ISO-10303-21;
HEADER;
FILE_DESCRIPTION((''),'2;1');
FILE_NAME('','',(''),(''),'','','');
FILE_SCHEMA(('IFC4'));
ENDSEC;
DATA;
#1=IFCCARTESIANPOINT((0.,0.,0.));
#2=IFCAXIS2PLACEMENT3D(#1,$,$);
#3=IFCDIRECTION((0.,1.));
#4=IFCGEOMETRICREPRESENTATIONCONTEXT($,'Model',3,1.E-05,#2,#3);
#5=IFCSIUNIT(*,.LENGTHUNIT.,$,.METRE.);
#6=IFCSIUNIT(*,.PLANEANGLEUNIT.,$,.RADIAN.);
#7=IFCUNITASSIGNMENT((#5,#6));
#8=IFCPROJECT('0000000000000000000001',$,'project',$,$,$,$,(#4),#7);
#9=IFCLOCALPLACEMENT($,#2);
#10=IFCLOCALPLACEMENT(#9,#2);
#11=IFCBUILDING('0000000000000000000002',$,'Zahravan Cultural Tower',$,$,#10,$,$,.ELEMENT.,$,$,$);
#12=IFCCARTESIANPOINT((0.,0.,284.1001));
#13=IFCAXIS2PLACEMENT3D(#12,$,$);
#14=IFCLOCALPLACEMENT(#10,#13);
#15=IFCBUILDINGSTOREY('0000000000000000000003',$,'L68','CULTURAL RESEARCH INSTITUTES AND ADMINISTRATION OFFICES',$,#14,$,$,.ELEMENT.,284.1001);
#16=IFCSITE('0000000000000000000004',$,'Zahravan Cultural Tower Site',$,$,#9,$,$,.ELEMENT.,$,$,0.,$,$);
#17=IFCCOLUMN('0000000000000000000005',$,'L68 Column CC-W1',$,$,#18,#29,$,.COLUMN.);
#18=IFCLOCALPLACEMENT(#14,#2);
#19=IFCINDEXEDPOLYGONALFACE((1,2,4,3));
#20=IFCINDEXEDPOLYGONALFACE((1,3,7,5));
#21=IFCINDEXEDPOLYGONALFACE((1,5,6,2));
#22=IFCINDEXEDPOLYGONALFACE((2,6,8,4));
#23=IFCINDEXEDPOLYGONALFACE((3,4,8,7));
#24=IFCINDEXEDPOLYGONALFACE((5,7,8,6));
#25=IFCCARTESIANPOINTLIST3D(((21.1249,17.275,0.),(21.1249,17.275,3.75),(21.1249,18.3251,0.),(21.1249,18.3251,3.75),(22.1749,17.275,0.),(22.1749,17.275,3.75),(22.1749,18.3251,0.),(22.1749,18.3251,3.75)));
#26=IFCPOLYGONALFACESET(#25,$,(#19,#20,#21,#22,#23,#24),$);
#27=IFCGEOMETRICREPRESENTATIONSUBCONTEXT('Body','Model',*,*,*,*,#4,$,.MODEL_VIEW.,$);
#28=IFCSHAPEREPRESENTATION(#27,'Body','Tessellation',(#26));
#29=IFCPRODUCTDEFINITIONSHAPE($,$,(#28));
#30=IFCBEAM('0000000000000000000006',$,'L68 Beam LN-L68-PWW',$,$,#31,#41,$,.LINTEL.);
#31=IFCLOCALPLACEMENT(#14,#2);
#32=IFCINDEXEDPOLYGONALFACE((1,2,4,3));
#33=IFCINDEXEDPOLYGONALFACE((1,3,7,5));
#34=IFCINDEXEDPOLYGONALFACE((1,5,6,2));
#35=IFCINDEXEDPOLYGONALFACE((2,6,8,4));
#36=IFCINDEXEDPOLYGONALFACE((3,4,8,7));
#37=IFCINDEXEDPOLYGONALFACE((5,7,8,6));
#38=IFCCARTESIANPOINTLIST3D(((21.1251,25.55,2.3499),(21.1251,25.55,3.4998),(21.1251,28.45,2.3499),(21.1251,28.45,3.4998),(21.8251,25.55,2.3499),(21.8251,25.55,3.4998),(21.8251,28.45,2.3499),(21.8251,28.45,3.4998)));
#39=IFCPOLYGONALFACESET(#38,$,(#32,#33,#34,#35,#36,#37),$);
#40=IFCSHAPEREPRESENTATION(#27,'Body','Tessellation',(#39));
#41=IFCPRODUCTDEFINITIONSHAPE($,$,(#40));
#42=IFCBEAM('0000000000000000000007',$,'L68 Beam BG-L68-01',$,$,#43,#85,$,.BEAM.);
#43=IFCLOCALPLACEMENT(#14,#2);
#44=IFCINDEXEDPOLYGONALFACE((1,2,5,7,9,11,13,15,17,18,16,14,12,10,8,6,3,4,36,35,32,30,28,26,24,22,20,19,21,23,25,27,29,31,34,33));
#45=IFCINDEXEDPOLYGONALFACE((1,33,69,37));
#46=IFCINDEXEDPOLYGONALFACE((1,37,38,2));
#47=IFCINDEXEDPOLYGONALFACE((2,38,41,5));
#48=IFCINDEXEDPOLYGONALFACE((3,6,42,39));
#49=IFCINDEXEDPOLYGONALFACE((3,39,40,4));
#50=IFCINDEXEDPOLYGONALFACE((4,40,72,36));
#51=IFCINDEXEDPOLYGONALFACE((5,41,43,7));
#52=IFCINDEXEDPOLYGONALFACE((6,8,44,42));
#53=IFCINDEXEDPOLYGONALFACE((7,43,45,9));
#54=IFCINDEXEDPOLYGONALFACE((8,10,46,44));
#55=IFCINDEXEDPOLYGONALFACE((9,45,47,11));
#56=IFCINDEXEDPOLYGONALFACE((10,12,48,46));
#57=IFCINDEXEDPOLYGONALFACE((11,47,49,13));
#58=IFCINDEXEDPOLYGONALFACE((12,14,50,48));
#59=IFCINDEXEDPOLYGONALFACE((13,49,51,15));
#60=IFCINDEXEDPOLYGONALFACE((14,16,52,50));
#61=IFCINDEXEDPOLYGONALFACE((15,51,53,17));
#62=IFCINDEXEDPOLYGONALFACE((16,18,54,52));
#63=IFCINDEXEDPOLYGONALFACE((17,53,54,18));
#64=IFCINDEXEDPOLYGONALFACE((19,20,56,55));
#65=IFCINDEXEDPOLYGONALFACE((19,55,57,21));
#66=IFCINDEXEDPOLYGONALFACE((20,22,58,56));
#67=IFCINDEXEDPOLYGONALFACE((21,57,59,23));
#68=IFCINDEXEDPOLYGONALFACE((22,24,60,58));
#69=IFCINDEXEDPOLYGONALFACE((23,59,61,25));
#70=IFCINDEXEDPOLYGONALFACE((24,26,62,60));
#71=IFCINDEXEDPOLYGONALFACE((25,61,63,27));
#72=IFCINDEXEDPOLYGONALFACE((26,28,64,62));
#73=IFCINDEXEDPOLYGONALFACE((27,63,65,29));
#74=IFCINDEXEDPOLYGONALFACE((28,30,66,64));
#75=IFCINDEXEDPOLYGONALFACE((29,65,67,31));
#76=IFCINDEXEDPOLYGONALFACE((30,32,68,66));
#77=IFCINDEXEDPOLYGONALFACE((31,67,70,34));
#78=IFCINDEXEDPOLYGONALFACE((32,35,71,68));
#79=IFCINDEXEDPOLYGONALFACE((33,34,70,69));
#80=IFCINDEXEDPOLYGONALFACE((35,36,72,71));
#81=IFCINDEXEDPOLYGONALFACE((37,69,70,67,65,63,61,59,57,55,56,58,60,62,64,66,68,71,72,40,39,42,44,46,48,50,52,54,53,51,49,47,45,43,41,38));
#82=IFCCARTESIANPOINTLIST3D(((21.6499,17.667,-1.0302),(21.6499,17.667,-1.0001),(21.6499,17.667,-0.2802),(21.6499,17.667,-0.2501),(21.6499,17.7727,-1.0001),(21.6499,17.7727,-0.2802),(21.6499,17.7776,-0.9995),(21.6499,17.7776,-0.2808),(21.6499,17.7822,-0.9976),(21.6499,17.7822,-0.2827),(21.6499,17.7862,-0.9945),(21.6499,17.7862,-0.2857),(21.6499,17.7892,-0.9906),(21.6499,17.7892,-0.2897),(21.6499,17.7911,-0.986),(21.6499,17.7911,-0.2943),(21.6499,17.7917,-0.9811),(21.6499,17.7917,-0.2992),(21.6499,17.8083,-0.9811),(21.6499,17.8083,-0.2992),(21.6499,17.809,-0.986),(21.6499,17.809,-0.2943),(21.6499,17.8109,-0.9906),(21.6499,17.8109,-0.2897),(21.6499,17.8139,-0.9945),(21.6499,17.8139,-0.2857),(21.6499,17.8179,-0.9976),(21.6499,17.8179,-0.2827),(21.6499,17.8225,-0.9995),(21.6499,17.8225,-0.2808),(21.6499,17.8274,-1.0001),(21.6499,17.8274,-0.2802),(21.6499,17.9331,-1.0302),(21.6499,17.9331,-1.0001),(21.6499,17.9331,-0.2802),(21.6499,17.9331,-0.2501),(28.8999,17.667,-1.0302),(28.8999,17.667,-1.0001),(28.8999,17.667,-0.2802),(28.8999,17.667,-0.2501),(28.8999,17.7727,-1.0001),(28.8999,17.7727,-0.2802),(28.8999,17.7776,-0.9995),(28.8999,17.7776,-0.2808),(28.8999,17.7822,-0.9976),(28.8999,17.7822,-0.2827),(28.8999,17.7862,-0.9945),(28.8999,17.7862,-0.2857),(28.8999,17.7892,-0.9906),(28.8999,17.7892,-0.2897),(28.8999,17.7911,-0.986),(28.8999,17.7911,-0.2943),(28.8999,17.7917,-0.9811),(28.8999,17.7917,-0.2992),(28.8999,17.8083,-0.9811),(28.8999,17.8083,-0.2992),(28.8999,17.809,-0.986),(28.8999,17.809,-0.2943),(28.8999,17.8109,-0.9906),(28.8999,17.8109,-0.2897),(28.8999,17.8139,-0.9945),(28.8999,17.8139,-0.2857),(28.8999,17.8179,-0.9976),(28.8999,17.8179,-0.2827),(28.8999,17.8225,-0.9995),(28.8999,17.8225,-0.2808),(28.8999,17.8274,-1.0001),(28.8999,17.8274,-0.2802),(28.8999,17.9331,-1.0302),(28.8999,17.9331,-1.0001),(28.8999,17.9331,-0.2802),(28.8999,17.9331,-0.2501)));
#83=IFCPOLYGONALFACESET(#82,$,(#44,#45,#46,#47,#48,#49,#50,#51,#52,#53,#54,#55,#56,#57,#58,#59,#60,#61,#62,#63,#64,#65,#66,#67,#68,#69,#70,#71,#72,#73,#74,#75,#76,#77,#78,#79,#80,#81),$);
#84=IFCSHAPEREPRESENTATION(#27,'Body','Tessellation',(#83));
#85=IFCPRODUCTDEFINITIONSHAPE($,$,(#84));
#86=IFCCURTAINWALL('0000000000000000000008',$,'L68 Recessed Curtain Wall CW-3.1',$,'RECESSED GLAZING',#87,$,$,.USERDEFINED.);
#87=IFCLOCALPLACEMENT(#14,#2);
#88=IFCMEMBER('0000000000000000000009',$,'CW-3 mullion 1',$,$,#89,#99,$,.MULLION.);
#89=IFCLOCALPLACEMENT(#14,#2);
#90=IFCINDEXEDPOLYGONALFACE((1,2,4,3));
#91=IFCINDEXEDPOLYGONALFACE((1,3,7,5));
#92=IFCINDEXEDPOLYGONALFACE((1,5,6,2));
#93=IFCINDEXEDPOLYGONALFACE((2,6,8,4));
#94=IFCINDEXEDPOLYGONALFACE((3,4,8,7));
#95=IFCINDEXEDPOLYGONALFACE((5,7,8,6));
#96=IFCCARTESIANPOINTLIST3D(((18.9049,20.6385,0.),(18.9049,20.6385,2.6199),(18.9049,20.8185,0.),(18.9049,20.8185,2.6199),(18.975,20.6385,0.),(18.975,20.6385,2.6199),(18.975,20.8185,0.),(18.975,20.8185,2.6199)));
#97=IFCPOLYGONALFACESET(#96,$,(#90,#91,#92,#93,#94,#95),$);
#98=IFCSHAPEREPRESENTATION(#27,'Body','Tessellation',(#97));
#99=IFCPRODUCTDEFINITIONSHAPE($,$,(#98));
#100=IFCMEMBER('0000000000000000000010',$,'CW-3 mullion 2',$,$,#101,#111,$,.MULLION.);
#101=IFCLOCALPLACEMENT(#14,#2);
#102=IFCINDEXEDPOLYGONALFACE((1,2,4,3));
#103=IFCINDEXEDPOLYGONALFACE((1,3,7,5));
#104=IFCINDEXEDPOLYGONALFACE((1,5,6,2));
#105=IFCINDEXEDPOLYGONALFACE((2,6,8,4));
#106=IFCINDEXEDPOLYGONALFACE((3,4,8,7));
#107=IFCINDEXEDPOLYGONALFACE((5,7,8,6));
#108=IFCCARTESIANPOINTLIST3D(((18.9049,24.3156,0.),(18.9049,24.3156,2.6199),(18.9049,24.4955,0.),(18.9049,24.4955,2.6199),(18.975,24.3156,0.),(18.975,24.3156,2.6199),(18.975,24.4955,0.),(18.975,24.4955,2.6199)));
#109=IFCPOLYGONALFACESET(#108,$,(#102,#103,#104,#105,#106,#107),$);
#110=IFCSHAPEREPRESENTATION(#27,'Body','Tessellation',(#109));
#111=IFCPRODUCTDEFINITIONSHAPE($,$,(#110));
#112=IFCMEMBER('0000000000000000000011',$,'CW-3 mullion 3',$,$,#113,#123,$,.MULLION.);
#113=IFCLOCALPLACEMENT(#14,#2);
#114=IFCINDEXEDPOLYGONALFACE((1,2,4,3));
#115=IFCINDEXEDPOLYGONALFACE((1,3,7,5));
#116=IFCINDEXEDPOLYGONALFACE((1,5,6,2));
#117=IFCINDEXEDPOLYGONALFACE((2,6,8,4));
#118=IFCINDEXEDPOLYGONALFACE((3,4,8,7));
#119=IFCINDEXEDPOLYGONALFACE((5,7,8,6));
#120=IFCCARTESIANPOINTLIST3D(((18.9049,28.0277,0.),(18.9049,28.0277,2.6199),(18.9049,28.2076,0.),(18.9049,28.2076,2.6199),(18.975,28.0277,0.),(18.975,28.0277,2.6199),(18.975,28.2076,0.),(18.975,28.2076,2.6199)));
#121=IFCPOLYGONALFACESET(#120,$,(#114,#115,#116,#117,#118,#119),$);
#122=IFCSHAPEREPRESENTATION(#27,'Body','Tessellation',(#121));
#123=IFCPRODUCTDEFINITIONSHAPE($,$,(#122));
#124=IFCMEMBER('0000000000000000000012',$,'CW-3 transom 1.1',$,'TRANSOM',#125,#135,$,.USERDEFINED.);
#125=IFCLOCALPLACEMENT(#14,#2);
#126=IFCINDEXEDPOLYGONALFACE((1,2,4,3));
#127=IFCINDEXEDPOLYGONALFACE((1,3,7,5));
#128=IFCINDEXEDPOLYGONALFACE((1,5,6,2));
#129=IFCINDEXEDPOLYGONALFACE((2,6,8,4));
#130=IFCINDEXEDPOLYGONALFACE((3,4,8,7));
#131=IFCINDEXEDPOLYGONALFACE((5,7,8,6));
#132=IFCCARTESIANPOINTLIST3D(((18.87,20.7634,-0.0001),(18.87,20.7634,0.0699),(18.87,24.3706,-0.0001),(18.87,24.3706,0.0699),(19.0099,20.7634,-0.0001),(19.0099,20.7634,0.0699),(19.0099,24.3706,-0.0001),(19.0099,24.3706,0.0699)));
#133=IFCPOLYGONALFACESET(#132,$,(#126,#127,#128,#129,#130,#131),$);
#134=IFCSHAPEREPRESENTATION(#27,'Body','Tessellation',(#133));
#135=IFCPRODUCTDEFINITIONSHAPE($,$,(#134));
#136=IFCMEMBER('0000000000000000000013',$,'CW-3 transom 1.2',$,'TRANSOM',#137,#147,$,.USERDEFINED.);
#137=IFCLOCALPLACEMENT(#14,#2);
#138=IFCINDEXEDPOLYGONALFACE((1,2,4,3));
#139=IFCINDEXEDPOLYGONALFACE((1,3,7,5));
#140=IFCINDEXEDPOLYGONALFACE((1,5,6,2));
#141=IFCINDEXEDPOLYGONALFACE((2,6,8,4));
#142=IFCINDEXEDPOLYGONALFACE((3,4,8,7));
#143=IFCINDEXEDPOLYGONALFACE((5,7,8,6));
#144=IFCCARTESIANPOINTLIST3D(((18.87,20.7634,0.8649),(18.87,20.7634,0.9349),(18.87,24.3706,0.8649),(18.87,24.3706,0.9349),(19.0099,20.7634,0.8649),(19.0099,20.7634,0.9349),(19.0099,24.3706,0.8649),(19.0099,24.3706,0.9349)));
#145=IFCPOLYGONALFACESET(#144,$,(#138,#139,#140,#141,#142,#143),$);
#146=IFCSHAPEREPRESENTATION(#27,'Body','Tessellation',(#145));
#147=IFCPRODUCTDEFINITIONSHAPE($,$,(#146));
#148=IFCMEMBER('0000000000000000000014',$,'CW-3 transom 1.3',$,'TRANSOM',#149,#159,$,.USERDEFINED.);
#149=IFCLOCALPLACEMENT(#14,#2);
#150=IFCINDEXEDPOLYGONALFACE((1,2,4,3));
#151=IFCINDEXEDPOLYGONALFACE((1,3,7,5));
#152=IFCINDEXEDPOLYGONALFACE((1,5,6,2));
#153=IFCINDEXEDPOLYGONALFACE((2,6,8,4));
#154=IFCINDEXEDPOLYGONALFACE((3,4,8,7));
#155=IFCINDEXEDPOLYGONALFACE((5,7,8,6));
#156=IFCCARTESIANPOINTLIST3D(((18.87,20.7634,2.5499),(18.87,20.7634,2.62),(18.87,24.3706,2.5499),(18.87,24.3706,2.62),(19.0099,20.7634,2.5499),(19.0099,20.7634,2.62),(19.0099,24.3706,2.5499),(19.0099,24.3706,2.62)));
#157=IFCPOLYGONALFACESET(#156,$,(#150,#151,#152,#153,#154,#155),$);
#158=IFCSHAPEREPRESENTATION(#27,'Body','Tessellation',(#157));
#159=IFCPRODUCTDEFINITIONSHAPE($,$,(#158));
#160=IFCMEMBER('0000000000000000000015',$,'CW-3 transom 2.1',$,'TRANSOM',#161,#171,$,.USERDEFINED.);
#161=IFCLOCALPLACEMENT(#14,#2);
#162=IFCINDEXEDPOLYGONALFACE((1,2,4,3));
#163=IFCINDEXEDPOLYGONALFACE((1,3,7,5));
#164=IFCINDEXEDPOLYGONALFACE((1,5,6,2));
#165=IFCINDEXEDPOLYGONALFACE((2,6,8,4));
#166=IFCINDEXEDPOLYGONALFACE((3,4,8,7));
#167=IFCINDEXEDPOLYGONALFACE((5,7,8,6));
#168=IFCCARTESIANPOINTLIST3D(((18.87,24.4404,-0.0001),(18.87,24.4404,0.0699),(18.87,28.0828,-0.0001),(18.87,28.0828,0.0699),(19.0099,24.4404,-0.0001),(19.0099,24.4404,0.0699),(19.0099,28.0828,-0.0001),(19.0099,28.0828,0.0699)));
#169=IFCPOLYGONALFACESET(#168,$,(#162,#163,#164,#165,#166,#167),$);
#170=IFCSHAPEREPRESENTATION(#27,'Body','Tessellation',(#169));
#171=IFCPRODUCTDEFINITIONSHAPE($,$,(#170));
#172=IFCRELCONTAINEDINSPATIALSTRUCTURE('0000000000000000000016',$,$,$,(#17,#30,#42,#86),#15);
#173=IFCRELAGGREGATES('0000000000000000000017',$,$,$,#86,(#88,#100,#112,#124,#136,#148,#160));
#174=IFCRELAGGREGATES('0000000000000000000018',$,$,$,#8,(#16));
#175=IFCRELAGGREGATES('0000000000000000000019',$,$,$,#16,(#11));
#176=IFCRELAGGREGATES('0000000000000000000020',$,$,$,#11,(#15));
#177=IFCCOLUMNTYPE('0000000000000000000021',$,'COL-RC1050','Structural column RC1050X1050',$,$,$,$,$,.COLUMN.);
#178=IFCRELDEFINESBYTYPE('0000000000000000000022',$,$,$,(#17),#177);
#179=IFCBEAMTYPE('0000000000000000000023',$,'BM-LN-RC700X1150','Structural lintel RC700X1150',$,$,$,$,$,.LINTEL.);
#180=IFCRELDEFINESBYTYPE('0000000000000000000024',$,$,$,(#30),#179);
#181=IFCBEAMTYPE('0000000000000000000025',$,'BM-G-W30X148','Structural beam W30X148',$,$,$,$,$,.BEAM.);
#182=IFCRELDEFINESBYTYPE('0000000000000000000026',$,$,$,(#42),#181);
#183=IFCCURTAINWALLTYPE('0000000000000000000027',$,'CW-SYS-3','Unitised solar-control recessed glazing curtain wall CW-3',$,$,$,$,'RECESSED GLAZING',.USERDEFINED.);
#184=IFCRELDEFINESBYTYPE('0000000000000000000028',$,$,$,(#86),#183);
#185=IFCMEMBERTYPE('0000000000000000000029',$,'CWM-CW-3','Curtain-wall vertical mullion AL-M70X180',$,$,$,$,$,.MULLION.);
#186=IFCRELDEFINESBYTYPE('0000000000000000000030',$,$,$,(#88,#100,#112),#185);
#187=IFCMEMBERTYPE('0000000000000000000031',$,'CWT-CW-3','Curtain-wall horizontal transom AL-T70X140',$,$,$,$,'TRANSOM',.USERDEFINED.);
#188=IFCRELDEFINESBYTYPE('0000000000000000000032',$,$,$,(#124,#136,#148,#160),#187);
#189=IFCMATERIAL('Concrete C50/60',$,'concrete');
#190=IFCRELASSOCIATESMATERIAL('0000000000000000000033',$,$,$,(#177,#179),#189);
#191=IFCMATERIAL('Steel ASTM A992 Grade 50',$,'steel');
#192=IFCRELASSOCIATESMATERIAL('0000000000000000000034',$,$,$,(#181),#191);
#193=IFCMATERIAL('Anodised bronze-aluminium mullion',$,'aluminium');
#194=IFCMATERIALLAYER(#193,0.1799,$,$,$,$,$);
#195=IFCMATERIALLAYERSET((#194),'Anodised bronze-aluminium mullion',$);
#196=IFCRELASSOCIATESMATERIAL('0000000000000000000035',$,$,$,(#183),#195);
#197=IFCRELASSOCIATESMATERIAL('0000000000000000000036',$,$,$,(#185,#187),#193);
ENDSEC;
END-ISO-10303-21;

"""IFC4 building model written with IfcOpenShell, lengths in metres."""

from ifc_helpers import new_model, si_unit, direction, frame, origin, origin_2d, place, context, subcontext, project, spatial, rectangle, i_section, extrude, source, transform, mapped, material, layer, layer_set, material_profile, profile_set, type_object, element, aggregate, save


model = new_model("IFC4")

# Units and contexts
model_context = context("Model", 3, precision=1e-05, world=origin(), true_north=direction((0.0, 1.0)))
body_context = subcontext(model_context, "Body", "Model", "MODEL_VIEW")
ifc_project = project(units=[si_unit("LENGTHUNIT", "METRE"), si_unit("PLANEANGLEUNIT", "RADIAN")], contexts=[model_context])

# Site, building, storey
site_placement = place(None, origin())
site = spatial("IfcSite", under=ifc_project, at=site_placement, Name="Zahravan Cultural Tower Site", CompositionType="ELEMENT", RefElevation=0.0)
building_placement = place(site_placement, origin())
building = spatial("IfcBuilding", under=site, at=building_placement, Name="Zahravan Cultural Tower", CompositionType="ELEMENT")
storey_placement = place(building_placement, frame((0.0, 0.0, 284.1001)))
storey = spatial("IfcBuildingStorey", under=building, at=storey_placement, Name="L68", Description="CULTURAL RESEARCH INSTITUTES AND ADMINISTRATION OFFICES", CompositionType="ELEMENT", Elevation=284.1001)

# Column
ifc_material_1 = material(Name="Concrete C50/60", Category="concrete")
ifc_material_profile_1 = material_profile(ifc_material_1, rectangle(XDim=1.05, YDim=1.05, at=origin_2d()), Name="RC1050X1050")
ifc_profile_set_1 = profile_set([ifc_material_profile_1], Name="Concrete C50/60")
column_type = type_object("IfcColumnType", Name="COL-RC1050", Description="Structural column RC1050X1050", PredefinedType="COLUMN", material=ifc_profile_set_1)
shared_shape_1 = source(origin(), body_context, "Body", "SweptSolid", [
    extrude(rectangle(XDim=1.05, YDim=1.05, at=origin_2d()), origin(), (0.0, 0.0, 1.0), 3.75),
])
column_placement = place(storey_placement, frame((21.6499, 17.8, 0.0), z_axis=(0.0, 0.0, 1.0), x_axis=(1.0, 0.0, 0.0)))
element("IfcColumn", 1, at=column_placement, inside=storey, type_object=column_type, Name="L68 Column CC-W1", PredefinedType="COLUMN", context=body_context, shape_type="MappedRepresentation", body=[
    mapped(shared_shape_1, transform((0.0, 0.0, 0.0), x_axis=(1.0, 0.0, 0.0), y_axis=(0.0, 1.0, 0.0), z_axis=(0.0, 0.0, 1.0), scale=1.0)),
])

# Beams
ifc_material_profile_2 = material_profile(ifc_material_1, rectangle(XDim=0.7, YDim=1.1499, at=origin_2d()), Name="RC700X1150")
ifc_profile_set_2 = profile_set([ifc_material_profile_2], Name="Concrete C50/60")
beam_type_1 = type_object("IfcBeamType", Name="BM-LN-RC700X1150", Description="Structural lintel RC700X1150", PredefinedType="LINTEL", material=ifc_profile_set_2)
shared_shape_2 = source(origin(), body_context, "Body", "SweptSolid", [
    extrude(rectangle(XDim=0.7, YDim=1.1499, at=origin_2d()), origin(), (0.0, 0.0, 1.0), 2.8999),
])
beam_1_placement = place(storey_placement, frame((21.4751, 25.55, 2.9248), z_axis=(0.0, 1.0, 0.0), x_axis=(-1.0, 0.0, 0.0)))
element("IfcBeam", 2, at=beam_1_placement, inside=storey, type_object=beam_type_1, Name="L68 Beam LN-L68-PWW", PredefinedType="LINTEL", context=body_context, shape_type="MappedRepresentation", body=[
    mapped(shared_shape_2, transform((0.0, 0.0, 0.0), x_axis=(1.0, 0.0, 0.0), y_axis=(0.0, 1.0, 0.0), z_axis=(0.0, 0.0, 1.0), scale=1.0)),
])
ifc_material_2 = material(Name="Steel ASTM A992 Grade 50", Category="steel")
ifc_material_profile_3 = material_profile(ifc_material_2, i_section(OverallWidth=0.2661, OverallDepth=0.78, WebThickness=0.0166, FlangeThickness=0.03, FilletRadius=0.019, at=origin_2d()), Name="W30X148")
ifc_profile_set_3 = profile_set([ifc_material_profile_3], Name="Steel ASTM A992 Grade 50")
beam_type_2 = type_object("IfcBeamType", Name="BM-G-W30X148", Description="Structural beam W30X148", PredefinedType="BEAM", material=ifc_profile_set_3)
shared_shape_3 = source(origin(), body_context, "Body", "SweptSolid", [
    extrude(i_section(OverallWidth=0.2661, OverallDepth=0.78, WebThickness=0.0166, FlangeThickness=0.03, FilletRadius=0.019, at=origin_2d()), origin(), (0.0, 0.0, 1.0), 7.25),
])
beam_2_placement = place(storey_placement, frame((21.6499, 17.8, -0.6401), z_axis=(1.0, 0.0, 0.0), x_axis=(0.0, 1.0, 0.0)))
element("IfcBeam", 3, at=beam_2_placement, inside=storey, type_object=beam_type_2, Name="L68 Beam BG-L68-01", PredefinedType="BEAM", context=body_context, shape_type="MappedRepresentation", body=[
    mapped(shared_shape_3, transform((0.0, 0.0, 0.0), x_axis=(1.0, 0.0, 0.0), y_axis=(0.0, 1.0, 0.0), z_axis=(0.0, 0.0, 1.0), scale=1.0)),
])

# Curtain wall, members
ifc_material_3 = material(Name="Anodised bronze-aluminium mullion", Category="aluminium")
ifc_layer_1 = layer(ifc_material_3, 0.1799)
ifc_layer_set_1 = layer_set([ifc_layer_1], Name="Anodised bronze-aluminium mullion")
curtain_wall_type = type_object("IfcCurtainWallType", Name="CW-SYS-3", Description="Unitised solar-control recessed glazing curtain wall CW-3", ElementType="RECESSED GLAZING", PredefinedType="USERDEFINED", material=ifc_layer_set_1)
curtain_wall_placement = place(storey_placement, origin())
curtain_wall = element("IfcCurtainWall", 4, at=curtain_wall_placement, inside=storey, type_object=curtain_wall_type, Name="L68 Recessed Curtain Wall CW-3.1", ObjectType="RECESSED GLAZING", PredefinedType="USERDEFINED")
ifc_material_profile_4 = material_profile(ifc_material_3, rectangle(XDim=0.0701, YDim=0.1799, at=origin_2d()), Name="AL-M70X180")
ifc_profile_set_4 = profile_set([ifc_material_profile_4], Name="Anodised bronze-aluminium mullion")
member_type_1 = type_object("IfcMemberType", Name="CWM-CW-3", Description="Curtain-wall vertical mullion AL-M70X180", PredefinedType="MULLION", material=ifc_profile_set_4)
shared_shape_4 = source(origin(), body_context, "Body", "SweptSolid", [
    extrude(rectangle(XDim=0.0701, YDim=0.1799, at=origin_2d()), origin(), (0.0, 0.0, 1.0), 2.6199),
])
member_1_placement = place(storey_placement, frame((18.9399, 20.7285, 0.0), z_axis=(0.0, 0.0, 1.0), x_axis=(-1.0, 0.0, 0.0)))
member_1 = element("IfcMember", 5, at=member_1_placement, type_object=member_type_1, Name="CW-3 mullion 1", PredefinedType="MULLION", context=body_context, shape_type="MappedRepresentation", body=[
    mapped(shared_shape_4, transform((0.0, 0.0, 0.0), x_axis=(1.0, 0.0, 0.0), y_axis=(0.0, 1.0, 0.0), z_axis=(0.0, 0.0, 1.0), scale=1.0)),
])
member_2_placement = place(storey_placement, frame((18.9399, 24.4055, 0.0), z_axis=(0.0, 0.0, 1.0), x_axis=(-1.0, 0.0, 0.0)))
member_2 = element("IfcMember", 6, at=member_2_placement, type_object=member_type_1, Name="CW-3 mullion 2", PredefinedType="MULLION", context=body_context, shape_type="MappedRepresentation", body=[
    mapped(shared_shape_4, transform((0.0, 0.0, 0.0), x_axis=(1.0, 0.0, 0.0), y_axis=(0.0, 1.0, 0.0), z_axis=(0.0, 0.0, 1.0), scale=1.0)),
])
member_3_placement = place(storey_placement, frame((18.9399, 28.1177, 0.0), z_axis=(0.0, 0.0, 1.0), x_axis=(-1.0, 0.0, 0.0)))
member_3 = element("IfcMember", 7, at=member_3_placement, type_object=member_type_1, Name="CW-3 mullion 3", PredefinedType="MULLION", context=body_context, shape_type="MappedRepresentation", body=[
    mapped(shared_shape_4, transform((0.0, 0.0, 0.0), x_axis=(1.0, 0.0, 0.0), y_axis=(0.0, 1.0, 0.0), z_axis=(0.0, 0.0, 1.0), scale=1.0)),
])
ifc_material_profile_5 = material_profile(ifc_material_3, rectangle(XDim=0.1399, YDim=0.0701, at=origin_2d()), Name="AL-T70X140")
ifc_profile_set_5 = profile_set([ifc_material_profile_5], Name="Anodised bronze-aluminium mullion")
member_type_2 = type_object("IfcMemberType", Name="CWT-CW-3", Description="Curtain-wall horizontal transom AL-T70X140", ElementType="TRANSOM", PredefinedType="USERDEFINED", material=ifc_profile_set_5)
shared_shape_5 = source(origin(), body_context, "Body", "SweptSolid", [
    extrude(rectangle(XDim=0.1399, YDim=0.0701, at=origin_2d()), origin(), (0.0, 0.0, 1.0), 3.6072),
])
member_4_placement = place(storey_placement, frame((18.9399, 20.7634, 0.0349), z_axis=(0.0, 1.0, 0.0), x_axis=(-1.0, 0.0, 0.0)))
member_4 = element("IfcMember", 8, at=member_4_placement, type_object=member_type_2, Name="CW-3 transom 1.1", ObjectType="TRANSOM", PredefinedType="USERDEFINED", context=body_context, shape_type="MappedRepresentation", body=[
    mapped(shared_shape_5, transform((0.0, 0.0, 0.0), x_axis=(1.0, 0.0, 0.0), y_axis=(0.0, 1.0, 0.0), z_axis=(0.0, 0.0, 1.0), scale=1.0)),
])
member_5_placement = place(storey_placement, frame((18.9399, 20.7634, 0.8999), z_axis=(0.0, 1.0, 0.0), x_axis=(-1.0, 0.0, 0.0)))
member_5 = element("IfcMember", 9, at=member_5_placement, type_object=member_type_2, Name="CW-3 transom 1.2", ObjectType="TRANSOM", PredefinedType="USERDEFINED", context=body_context, shape_type="MappedRepresentation", body=[
    mapped(shared_shape_5, transform((0.0, 0.0, 0.0), x_axis=(1.0, 0.0, 0.0), y_axis=(0.0, 1.0, 0.0), z_axis=(0.0, 0.0, 1.0), scale=1.0)),
])
member_6_placement = place(storey_placement, frame((18.9399, 20.7634, 2.585), z_axis=(0.0, 1.0, 0.0), x_axis=(-1.0, 0.0, 0.0)))
member_6 = element("IfcMember", 10, at=member_6_placement, type_object=member_type_2, Name="CW-3 transom 1.3", ObjectType="TRANSOM", PredefinedType="USERDEFINED", context=body_context, shape_type="MappedRepresentation", body=[
    mapped(shared_shape_5, transform((0.0, 0.0, 0.0), x_axis=(1.0, 0.0, 0.0), y_axis=(0.0, 1.0, 0.0), z_axis=(0.0, 0.0, 1.0), scale=1.0)),
])
shared_shape_6 = source(origin(), body_context, "Body", "SweptSolid", [
    extrude(rectangle(XDim=0.1399, YDim=0.0701, at=origin_2d()), origin(), (0.0, 0.0, 1.0), 3.6423),
])
member_7_placement = place(storey_placement, frame((18.9399, 24.4404, 0.0349), z_axis=(0.0, 1.0, 0.0), x_axis=(-1.0, 0.0, 0.0)))
member_7 = element("IfcMember", 11, at=member_7_placement, type_object=member_type_2, Name="CW-3 transom 2.1", ObjectType="TRANSOM", PredefinedType="USERDEFINED", context=body_context, shape_type="MappedRepresentation", body=[
    mapped(shared_shape_6, transform((0.0, 0.0, 0.0), x_axis=(1.0, 0.0, 0.0), y_axis=(0.0, 1.0, 0.0), z_axis=(0.0, 0.0, 1.0), scale=1.0)),
])

aggregate(curtain_wall, [member_1, member_2, member_3, member_4, member_5, member_6, member_7])

save(model, "model.ifc")
